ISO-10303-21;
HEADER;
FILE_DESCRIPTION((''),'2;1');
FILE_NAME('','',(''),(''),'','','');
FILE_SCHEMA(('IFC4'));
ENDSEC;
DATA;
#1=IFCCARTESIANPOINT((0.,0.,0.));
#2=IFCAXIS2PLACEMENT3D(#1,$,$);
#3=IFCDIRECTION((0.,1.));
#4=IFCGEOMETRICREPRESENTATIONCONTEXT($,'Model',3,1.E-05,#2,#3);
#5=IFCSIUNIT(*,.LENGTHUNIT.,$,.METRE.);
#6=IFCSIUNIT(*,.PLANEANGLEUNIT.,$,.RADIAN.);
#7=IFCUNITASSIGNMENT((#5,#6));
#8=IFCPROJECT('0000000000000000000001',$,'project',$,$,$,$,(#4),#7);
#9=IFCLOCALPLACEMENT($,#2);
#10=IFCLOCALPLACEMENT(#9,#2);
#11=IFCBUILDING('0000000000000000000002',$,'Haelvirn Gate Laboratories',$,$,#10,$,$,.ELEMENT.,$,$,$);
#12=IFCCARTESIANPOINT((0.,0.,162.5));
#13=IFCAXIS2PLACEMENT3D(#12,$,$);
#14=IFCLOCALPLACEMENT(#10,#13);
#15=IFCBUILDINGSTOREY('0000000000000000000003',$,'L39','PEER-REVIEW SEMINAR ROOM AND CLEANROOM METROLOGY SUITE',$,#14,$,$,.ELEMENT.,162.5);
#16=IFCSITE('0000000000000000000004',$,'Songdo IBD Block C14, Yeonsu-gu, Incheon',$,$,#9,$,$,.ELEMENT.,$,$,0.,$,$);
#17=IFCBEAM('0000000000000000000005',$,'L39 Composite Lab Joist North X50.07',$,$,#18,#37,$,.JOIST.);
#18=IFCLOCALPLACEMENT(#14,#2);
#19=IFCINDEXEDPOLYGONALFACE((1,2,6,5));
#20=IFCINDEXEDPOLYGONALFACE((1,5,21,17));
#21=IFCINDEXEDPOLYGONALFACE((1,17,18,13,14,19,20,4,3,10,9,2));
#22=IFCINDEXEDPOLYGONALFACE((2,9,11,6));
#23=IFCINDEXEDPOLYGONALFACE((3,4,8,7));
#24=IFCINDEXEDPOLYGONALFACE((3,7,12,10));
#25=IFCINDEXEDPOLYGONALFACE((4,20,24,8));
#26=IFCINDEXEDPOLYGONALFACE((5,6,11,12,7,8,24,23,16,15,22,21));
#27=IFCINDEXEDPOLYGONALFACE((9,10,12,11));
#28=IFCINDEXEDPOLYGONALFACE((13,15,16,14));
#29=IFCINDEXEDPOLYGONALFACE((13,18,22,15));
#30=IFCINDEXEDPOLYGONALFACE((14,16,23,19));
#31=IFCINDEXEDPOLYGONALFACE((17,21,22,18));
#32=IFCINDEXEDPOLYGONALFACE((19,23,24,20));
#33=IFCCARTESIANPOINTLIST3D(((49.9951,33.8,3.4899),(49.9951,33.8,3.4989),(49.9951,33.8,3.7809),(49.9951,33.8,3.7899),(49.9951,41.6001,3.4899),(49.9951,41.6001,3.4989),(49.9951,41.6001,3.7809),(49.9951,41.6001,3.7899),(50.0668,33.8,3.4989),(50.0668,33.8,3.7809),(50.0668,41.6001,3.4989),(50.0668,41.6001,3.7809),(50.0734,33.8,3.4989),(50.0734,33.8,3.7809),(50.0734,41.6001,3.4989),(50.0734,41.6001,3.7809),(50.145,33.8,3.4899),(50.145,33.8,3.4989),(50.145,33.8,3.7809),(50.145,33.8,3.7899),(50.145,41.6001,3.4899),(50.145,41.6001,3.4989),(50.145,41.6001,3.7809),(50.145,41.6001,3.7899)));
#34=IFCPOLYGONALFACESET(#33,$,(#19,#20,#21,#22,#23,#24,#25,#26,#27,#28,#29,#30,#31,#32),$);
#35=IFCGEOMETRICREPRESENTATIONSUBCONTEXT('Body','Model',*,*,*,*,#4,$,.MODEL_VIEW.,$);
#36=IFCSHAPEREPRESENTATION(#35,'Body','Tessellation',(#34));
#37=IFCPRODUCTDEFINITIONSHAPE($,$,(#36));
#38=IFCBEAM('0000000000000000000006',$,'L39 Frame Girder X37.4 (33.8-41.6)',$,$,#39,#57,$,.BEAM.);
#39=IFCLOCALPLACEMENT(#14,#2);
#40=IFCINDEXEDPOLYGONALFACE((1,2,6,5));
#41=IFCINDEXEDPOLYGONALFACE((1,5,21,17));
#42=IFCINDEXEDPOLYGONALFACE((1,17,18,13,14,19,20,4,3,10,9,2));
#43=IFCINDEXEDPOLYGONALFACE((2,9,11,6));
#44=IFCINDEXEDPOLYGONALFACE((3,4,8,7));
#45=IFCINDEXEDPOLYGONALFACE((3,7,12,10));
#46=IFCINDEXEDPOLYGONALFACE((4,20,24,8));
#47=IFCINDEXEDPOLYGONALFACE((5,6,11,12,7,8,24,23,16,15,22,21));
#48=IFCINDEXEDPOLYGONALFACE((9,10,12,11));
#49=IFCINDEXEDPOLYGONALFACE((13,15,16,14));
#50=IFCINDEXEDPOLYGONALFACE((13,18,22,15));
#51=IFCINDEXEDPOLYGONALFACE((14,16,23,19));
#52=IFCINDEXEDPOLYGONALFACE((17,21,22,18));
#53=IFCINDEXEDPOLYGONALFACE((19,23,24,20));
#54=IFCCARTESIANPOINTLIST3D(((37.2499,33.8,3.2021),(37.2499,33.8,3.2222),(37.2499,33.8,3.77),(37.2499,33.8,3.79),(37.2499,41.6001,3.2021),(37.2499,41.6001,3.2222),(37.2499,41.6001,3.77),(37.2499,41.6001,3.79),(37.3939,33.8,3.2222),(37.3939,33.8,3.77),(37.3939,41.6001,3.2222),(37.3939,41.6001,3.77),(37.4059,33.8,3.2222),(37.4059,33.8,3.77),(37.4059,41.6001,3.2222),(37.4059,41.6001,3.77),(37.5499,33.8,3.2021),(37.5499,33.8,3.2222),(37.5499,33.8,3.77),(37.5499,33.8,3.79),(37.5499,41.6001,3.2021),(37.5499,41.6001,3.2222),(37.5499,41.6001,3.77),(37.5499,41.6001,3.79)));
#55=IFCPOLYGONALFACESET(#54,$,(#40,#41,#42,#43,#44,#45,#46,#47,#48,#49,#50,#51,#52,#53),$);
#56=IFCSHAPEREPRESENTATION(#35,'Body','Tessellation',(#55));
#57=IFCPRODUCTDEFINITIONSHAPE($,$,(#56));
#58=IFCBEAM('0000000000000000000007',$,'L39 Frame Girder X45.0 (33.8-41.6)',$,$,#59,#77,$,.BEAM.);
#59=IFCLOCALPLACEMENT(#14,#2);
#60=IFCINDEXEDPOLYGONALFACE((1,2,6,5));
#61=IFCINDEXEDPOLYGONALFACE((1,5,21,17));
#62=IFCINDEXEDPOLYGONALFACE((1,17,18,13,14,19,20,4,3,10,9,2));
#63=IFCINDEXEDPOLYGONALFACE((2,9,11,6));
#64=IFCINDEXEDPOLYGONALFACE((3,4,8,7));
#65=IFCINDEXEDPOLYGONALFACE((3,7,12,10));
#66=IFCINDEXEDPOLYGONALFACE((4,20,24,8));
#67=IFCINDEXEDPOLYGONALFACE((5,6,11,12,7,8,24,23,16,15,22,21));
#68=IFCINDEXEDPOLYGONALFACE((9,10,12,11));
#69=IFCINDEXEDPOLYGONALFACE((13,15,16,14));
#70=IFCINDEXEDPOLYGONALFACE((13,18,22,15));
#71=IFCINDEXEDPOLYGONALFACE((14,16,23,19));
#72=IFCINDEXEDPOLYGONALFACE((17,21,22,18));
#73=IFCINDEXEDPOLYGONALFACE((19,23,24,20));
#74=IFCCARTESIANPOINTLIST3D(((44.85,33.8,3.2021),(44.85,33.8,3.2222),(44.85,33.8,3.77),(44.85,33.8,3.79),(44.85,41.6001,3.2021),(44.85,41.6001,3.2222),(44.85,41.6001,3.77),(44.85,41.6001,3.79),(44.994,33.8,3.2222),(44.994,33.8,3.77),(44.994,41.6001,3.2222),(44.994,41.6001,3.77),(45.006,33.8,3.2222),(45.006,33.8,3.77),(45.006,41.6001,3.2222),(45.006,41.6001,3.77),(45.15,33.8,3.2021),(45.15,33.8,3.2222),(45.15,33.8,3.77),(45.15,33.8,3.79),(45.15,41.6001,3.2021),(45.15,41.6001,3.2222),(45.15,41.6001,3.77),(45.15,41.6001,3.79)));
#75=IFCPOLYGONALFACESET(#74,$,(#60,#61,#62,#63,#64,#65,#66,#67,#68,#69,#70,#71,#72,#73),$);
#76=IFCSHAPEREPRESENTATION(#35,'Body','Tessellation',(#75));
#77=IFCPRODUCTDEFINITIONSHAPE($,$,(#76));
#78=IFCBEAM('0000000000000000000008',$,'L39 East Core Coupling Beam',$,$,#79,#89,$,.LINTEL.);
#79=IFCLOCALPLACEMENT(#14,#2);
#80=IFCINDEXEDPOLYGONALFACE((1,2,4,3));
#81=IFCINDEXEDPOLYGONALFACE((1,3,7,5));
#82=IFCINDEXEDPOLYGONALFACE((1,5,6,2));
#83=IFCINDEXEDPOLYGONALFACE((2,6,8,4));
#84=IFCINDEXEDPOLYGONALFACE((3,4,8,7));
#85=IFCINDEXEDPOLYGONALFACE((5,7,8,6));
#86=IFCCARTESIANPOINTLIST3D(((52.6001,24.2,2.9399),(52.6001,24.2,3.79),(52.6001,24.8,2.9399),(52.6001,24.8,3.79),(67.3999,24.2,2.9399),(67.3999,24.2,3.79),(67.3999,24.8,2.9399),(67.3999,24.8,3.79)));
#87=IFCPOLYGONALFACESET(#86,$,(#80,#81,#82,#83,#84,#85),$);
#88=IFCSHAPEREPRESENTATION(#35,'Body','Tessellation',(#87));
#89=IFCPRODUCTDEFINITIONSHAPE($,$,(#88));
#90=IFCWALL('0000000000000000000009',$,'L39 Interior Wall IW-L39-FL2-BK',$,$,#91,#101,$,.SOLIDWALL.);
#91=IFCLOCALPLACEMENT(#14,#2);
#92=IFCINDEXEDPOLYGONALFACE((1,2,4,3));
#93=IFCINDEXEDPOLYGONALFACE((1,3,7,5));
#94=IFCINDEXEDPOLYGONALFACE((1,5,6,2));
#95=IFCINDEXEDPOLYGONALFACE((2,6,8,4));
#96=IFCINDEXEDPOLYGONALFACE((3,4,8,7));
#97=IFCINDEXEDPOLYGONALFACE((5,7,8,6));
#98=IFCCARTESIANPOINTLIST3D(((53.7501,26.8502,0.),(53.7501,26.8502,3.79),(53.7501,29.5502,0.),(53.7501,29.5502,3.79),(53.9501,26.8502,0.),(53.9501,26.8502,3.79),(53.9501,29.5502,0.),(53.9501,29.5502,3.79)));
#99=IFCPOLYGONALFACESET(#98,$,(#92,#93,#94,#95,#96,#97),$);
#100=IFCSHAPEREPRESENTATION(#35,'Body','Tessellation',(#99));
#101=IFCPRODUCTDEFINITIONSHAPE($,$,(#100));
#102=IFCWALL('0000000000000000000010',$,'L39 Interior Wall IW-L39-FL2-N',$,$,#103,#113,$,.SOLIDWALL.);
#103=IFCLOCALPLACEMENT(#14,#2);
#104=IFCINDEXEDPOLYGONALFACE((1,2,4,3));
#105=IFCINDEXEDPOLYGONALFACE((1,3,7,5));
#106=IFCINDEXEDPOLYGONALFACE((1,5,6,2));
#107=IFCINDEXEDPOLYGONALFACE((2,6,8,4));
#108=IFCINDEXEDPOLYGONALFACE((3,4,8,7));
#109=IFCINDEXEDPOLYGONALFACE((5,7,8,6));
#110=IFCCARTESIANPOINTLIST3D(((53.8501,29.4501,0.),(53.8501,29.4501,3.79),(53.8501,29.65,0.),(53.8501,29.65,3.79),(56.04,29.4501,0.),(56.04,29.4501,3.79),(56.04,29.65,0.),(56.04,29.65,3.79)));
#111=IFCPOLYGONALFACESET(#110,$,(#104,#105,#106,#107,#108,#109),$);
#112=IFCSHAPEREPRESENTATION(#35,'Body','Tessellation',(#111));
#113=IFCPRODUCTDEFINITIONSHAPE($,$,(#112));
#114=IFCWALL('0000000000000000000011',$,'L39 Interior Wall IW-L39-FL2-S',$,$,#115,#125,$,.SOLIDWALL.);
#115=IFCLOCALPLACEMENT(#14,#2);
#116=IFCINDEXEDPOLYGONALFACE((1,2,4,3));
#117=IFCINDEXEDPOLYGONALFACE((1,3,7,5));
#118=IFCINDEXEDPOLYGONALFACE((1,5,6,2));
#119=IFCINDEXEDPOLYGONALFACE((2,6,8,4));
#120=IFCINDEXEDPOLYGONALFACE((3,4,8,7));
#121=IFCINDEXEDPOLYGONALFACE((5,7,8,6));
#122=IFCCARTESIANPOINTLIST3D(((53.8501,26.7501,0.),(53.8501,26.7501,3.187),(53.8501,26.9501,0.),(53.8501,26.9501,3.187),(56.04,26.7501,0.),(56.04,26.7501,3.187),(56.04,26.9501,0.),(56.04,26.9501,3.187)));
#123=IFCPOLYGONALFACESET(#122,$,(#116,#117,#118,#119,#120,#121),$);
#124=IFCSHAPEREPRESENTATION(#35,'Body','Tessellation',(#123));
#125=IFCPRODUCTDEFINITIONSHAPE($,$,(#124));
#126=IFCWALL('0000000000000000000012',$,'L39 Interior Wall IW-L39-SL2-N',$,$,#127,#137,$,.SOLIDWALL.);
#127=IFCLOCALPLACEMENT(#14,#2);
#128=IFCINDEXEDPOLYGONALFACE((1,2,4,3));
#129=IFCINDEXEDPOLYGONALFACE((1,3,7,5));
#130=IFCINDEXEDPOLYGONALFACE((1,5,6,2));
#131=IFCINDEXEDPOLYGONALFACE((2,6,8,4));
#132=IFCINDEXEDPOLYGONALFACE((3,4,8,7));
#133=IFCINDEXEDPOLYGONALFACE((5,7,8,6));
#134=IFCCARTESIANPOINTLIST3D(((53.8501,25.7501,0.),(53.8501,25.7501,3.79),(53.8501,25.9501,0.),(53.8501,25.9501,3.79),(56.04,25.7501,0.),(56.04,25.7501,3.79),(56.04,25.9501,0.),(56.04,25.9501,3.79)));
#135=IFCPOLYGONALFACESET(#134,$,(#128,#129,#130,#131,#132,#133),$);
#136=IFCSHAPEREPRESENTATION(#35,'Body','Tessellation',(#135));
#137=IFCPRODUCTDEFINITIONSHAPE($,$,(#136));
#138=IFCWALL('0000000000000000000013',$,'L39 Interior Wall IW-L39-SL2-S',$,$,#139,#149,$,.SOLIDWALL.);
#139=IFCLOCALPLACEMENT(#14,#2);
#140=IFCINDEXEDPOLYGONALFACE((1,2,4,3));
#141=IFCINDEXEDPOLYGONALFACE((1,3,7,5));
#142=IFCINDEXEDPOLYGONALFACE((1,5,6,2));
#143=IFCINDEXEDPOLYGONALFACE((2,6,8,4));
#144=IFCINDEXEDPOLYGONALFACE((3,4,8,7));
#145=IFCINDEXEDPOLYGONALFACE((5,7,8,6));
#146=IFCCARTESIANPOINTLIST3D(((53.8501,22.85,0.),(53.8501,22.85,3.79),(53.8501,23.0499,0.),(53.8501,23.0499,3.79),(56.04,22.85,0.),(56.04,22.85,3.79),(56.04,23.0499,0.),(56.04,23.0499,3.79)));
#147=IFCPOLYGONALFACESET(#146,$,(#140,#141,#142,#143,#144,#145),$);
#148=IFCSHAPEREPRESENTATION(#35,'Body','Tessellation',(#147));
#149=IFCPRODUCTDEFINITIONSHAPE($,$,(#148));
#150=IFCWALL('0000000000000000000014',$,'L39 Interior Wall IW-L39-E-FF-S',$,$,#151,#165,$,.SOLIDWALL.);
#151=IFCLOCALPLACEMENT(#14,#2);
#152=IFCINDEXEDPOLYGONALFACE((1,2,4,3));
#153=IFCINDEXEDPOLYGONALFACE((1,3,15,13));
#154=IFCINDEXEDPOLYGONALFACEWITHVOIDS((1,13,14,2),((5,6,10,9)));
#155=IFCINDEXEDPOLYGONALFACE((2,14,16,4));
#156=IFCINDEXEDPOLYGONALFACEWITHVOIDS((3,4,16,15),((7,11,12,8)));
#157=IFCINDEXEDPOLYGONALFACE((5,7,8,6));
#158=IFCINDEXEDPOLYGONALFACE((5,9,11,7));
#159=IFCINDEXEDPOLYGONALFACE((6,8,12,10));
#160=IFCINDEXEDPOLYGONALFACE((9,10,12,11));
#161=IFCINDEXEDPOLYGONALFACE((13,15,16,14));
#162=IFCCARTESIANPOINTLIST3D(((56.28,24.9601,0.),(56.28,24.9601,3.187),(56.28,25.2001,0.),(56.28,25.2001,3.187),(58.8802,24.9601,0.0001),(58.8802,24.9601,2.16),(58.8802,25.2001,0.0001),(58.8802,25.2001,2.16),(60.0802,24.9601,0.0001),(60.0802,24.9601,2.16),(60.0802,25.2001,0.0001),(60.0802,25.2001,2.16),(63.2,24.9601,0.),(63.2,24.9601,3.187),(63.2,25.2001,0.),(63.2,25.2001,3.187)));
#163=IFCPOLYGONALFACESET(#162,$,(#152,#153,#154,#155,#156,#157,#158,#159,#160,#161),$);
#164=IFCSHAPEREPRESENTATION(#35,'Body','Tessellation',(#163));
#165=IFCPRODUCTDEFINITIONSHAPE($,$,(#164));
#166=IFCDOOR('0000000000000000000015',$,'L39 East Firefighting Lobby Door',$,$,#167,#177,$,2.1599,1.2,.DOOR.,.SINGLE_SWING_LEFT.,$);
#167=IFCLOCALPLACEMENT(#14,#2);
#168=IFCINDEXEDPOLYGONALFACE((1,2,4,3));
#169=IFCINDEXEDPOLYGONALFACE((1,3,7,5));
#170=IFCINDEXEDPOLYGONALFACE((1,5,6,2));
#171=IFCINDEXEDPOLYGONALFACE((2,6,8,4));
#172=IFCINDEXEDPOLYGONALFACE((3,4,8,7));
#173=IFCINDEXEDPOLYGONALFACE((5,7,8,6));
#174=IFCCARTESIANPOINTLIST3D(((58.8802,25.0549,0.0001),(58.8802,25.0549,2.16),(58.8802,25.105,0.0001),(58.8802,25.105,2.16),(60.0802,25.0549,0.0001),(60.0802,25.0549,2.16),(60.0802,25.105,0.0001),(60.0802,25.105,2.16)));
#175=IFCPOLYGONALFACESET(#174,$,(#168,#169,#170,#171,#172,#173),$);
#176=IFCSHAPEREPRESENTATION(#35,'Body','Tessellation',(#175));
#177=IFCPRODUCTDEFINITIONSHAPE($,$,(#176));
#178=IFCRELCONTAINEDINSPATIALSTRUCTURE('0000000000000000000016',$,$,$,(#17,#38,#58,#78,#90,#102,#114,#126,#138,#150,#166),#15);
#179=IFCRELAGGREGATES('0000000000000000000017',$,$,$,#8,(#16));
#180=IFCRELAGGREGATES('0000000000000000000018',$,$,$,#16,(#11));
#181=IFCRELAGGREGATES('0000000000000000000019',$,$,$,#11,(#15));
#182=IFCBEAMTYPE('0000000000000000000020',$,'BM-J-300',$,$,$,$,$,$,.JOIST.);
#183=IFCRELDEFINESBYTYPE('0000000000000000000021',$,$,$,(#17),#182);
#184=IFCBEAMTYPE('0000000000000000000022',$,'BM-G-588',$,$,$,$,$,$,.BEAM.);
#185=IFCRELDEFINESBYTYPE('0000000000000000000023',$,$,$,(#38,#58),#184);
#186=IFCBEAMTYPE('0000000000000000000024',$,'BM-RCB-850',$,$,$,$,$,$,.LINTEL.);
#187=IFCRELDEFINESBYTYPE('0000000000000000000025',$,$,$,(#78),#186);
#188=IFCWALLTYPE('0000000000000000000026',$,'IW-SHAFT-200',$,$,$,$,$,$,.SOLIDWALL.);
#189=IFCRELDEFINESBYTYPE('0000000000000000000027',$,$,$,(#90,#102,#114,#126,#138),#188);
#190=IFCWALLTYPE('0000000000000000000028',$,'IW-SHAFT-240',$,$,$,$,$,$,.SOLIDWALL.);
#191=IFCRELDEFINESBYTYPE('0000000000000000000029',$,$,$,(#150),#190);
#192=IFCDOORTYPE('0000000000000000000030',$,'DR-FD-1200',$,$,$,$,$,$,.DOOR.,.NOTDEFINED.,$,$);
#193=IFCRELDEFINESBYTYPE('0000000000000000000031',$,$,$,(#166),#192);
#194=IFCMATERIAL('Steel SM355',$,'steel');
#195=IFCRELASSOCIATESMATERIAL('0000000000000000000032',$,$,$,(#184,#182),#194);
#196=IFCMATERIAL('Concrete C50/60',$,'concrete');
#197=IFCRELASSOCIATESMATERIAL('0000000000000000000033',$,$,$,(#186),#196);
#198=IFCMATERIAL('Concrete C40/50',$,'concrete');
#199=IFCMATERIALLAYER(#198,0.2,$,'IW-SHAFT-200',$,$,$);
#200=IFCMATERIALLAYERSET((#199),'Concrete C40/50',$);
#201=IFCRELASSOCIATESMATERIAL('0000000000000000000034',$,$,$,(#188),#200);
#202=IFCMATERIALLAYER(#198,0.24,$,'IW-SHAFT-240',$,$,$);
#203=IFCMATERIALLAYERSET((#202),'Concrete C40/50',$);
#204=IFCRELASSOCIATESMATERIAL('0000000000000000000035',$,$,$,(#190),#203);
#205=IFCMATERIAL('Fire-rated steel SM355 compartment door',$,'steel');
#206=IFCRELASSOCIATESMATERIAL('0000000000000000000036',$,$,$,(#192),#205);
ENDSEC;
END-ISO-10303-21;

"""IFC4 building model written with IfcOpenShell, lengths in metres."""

from ifc_helpers import new_model, si_unit, direction, frame, frame_2d, origin, origin_2d, place, context, subcontext, project, spatial, rectangle, i_section, extrude, source, transform, mapped, material, layer, layer_set, material_profile, profile_set, type_object, type_shapes, element, fill, save


model = new_model("IFC4")

# Units and contexts
model_context = context("Model", 3, precision=1e-05, world=origin(), true_north=direction((0.0, 1.0)))
body_context = subcontext(model_context, "Body", "Model", "MODEL_VIEW")
ifc_project = project(units=[si_unit("LENGTHUNIT", "METRE"), si_unit("PLANEANGLEUNIT", "RADIAN")], contexts=[model_context])

# Site, building, storey
site_placement = place(None, origin())
site = spatial("IfcSite", under=ifc_project, at=site_placement, Name="Songdo IBD Block C14, Yeonsu-gu, Incheon", CompositionType="ELEMENT", RefElevation=0.0)
building_placement = place(site_placement, origin())
building = spatial("IfcBuilding", under=site, at=building_placement, Name="Haelvirn Gate Laboratories", CompositionType="ELEMENT")
storey_placement = place(building_placement, frame((0.0, 0.0, 162.5)))
storey = spatial("IfcBuildingStorey", under=building, at=storey_placement, Name="L39", Description="PEER-REVIEW SEMINAR ROOM AND CLEANROOM METROLOGY SUITE", CompositionType="ELEMENT", Elevation=162.5)

# Shared definitions
ifc_material_1 = material(Name="Steel SM355", Category="steel")

# Beams
ifc_material_profile_1 = material_profile(ifc_material_1, i_section(OverallWidth=0.3, OverallDepth=0.5879, WebThickness=0.012, FlangeThickness=0.02, at=origin_2d()), Name="H-588x300x12x20")
ifc_profile_set_1 = profile_set([ifc_material_profile_1], Name="Steel SM355")
beam_type_1 = type_object("IfcBeamType", Name="BM-G-588", PredefinedType="BEAM", material=ifc_profile_set_1)
ifc_material_profile_2 = material_profile(ifc_material_1, i_section(OverallWidth=0.1499, OverallDepth=0.3, WebThickness=0.0066, FlangeThickness=0.009, at=origin_2d()), Name="H-300x150x6.5x9")
ifc_profile_set_2 = profile_set([ifc_material_profile_2], Name="Steel SM355")
beam_type_2 = type_object("IfcBeamType", Name="BM-J-300", PredefinedType="JOIST", material=ifc_profile_set_2)
shared_shape_1 = source(origin(), body_context, "Body", "SweptSolid", [
    extrude(i_section(OverallWidth=0.1499, OverallDepth=0.3, WebThickness=0.0066, FlangeThickness=0.009, at=origin_2d()), origin(), (0.0, 0.0, 1.0), 7.8),
])
type_shapes(beam_type_2, [shared_shape_1])
for number, where, z_axis, x_axis, name in (
    (1, (50.0701, 33.8, 3.6399), (0.0, 1.0, 0.0), (-1.0, 0.0, 0.0), "L39 Composite Lab Joist North X50.07"),
):
    element("IfcBeam", number, at=place(storey_placement, frame(where, z_axis=z_axis, x_axis=x_axis)), inside=storey, type_object=beam_type_2, Name=name, PredefinedType="JOIST", context=body_context, shape_type="MappedRepresentation", body=[
        mapped(shared_shape_1, transform((0.0, 0.0, 0.0), scale=1.0)),
    ])
shared_shape_2 = source(origin(), body_context, "Body", "SweptSolid", [
    extrude(i_section(OverallWidth=0.3, OverallDepth=0.5879, WebThickness=0.012, FlangeThickness=0.02, at=origin_2d()), origin(), (0.0, 0.0, 1.0), 7.8),
])
for number, where, z_axis, x_axis, name in (
    (2, (37.3999, 33.8, 3.4961), (0.0, 1.0, 0.0), (-1.0, 0.0, 0.0), "L39 Frame Girder X37.4 (33.8-41.6)"),
    (3, (45.0, 33.8, 3.4961), (0.0, 1.0, 0.0), (-1.0, 0.0, 0.0), "L39 Frame Girder X45.0 (33.8-41.6)"),
):
    element("IfcBeam", number, at=place(storey_placement, frame(where, z_axis=z_axis, x_axis=x_axis)), inside=storey, type_object=beam_type_1, Name=name, PredefinedType="BEAM", context=body_context, shape_type="MappedRepresentation", body=[
        mapped(shared_shape_2, transform((0.0, 0.0, 0.0), scale=1.0)),
    ])
ifc_material_2 = material(Name="Concrete C50/60", Category="concrete")
ifc_material_profile_3 = material_profile(ifc_material_2, rectangle(XDim=0.6001, YDim=0.8501, at=origin_2d()), Name="RCB-600x850")
ifc_profile_set_3 = profile_set([ifc_material_profile_3], Name="Concrete C50/60")
beam_type_3 = type_object("IfcBeamType", Name="BM-RCB-850", PredefinedType="LINTEL", material=ifc_profile_set_3)
shared_shape_3 = source(origin(), body_context, "Body", "SweptSolid", [
    extrude(rectangle(XDim=0.6001, YDim=0.8501, at=origin_2d()), origin(), (0.0, 0.0, 1.0), 14.7998),
])
type_shapes(beam_type_3, [shared_shape_3])
beam_1_placement = place(storey_placement, frame((52.6001, 24.5, 3.365), z_axis=(1.0, 0.0, 0.0), x_axis=(0.0, 1.0, 0.0)))
element("IfcBeam", 4, at=beam_1_placement, inside=storey, type_object=beam_type_3, Name="L39 East Core Coupling Beam", PredefinedType="LINTEL", context=body_context, shape_type="MappedRepresentation", body=[
    mapped(shared_shape_3, transform((0.0, 0.0, 0.0), scale=1.0)),
])

# Walls
ifc_material_3 = material(Name="Concrete C40/50", Category="concrete")
ifc_layer_1 = layer(ifc_material_3, 0.2, Name="IW-SHAFT-200")
ifc_layer_set_1 = layer_set([ifc_layer_1], Name="Concrete C40/50")
wall_type_1 = type_object("IfcWallType", Name="IW-SHAFT-200", PredefinedType="SOLIDWALL", material=ifc_layer_set_1)
wall_1_placement = place(storey_placement, frame((53.8501, 26.8501, 0.0), z_axis=(0.0, 0.0, 1.0), x_axis=(0.0, 1.0, 0.0)))
element("IfcWall", 5, at=wall_1_placement, inside=storey, type_object=wall_type_1, Name="L39 Interior Wall IW-L39-FL2-BK", PredefinedType="SOLIDWALL", context=body_context, shape_type="SweptSolid", body=[
    extrude(rectangle(XDim=2.7, YDim=0.2, at=frame_2d((1.3501, 0.0))), origin(), (0.0, 0.0, 1.0), 3.79),
])
wall_2_placement = place(storey_placement, frame((53.8501, 29.55, 0.0), z_axis=(0.0, 0.0, 1.0), x_axis=(1.0, 0.0, 0.0)))
element("IfcWall", 6, at=wall_2_placement, inside=storey, type_object=wall_type_1, Name="L39 Interior Wall IW-L39-FL2-N", PredefinedType="SOLIDWALL", context=body_context, shape_type="SweptSolid", body=[
    extrude(rectangle(XDim=2.1899, YDim=0.2, at=frame_2d((1.095, 0.0))), origin(), (0.0, 0.0, 1.0), 3.79),
])
wall_3_placement = place(storey_placement, frame((53.8501, 26.8501, 0.0), z_axis=(0.0, 0.0, 1.0), x_axis=(1.0, 0.0, 0.0)))
element("IfcWall", 7, at=wall_3_placement, inside=storey, type_object=wall_type_1, Name="L39 Interior Wall IW-L39-FL2-S", PredefinedType="SOLIDWALL", context=body_context, shape_type="SweptSolid", body=[
    extrude(rectangle(XDim=2.1899, YDim=0.2, at=frame_2d((1.095, 0.0))), origin(), (0.0, 0.0, 1.0), 3.187),
])
for number, where, z_axis, x_axis, name in (
    (8, (53.8501, 25.8501, 0.0), (0.0, 0.0, 1.0), (1.0, 0.0, 0.0), "L39 Interior Wall IW-L39-SL2-N"),
    (9, (53.8501, 22.95, 0.0), (0.0, 0.0, 1.0), (1.0, 0.0, 0.0), "L39 Interior Wall IW-L39-SL2-S"),
):
    element("IfcWall", number, at=place(storey_placement, frame(where, z_axis=z_axis, x_axis=x_axis)), inside=storey, type_object=wall_type_1, Name=name, PredefinedType="SOLIDWALL", context=body_context, shape_type="SweptSolid", body=[
        extrude(rectangle(XDim=2.1899, YDim=0.2, at=frame_2d((1.095, 0.0))), origin(), (0.0, 0.0, 1.0), 3.79),
    ])

# Wall, opening, door
ifc_layer_2 = layer(ifc_material_3, 0.24, Name="IW-SHAFT-240")
ifc_layer_set_2 = layer_set([ifc_layer_2], Name="Concrete C40/50")
wall_type_2 = type_object("IfcWallType", Name="IW-SHAFT-240", PredefinedType="SOLIDWALL", material=ifc_layer_set_2)
wall_4_placement = place(storey_placement, frame((56.28, 25.0801, 0.0), z_axis=(0.0, 0.0, 1.0), x_axis=(1.0, 0.0, 0.0)))
wall_4 = element("IfcWall", 10, at=wall_4_placement, inside=storey, type_object=wall_type_2, Name="L39 Interior Wall IW-L39-E-FF-S", PredefinedType="SOLIDWALL", context=body_context, shape_type="SweptSolid", body=[
    extrude(rectangle(XDim=6.9199, YDim=0.24, at=frame_2d((3.46, 0.0))), origin(), (0.0, 0.0, 1.0), 3.187),
])
opening_1_placement = place(wall_4_placement, frame((2.6001, 0.0, 0.0)))
opening_1 = element("IfcOpeningElement", 11, at=opening_1_placement, cuts=wall_4, PredefinedType="OPENING", context=body_context, shape_type="SweptSolid", body=[
    extrude(rectangle(XDim=1.2, YDim=2.1599, at=frame_2d((0.6001, 1.0801))), frame((0.0, 0.1299, 0.0), z_axis=(0.0, -1.0, 0.0), x_axis=(1.0, 0.0, 0.0)), (0.0, 0.0, 1.0), 0.26),
])
ifc_material_4 = material(Name="Fire-rated steel SM355 compartment door", Category="steel")
door_type_1 = type_object("IfcDoorType", Name="DR-FD-1200", OperationType="NOTDEFINED", PredefinedType="DOOR", material=ifc_material_4)
shared_shape_4 = source(origin(), body_context, "Body", "SweptSolid", [
    extrude(rectangle(XDim=1.2, YDim=2.1599, at=frame_2d((0.6001, 1.0801))), frame((0.0, 0.0249, 0.0), z_axis=(0.0, -1.0, 0.0), x_axis=(1.0, 0.0, 0.0)), (0.0, 0.0, 1.0), 0.05),
])
type_shapes(door_type_1, [shared_shape_4])
door_1_placement = place(opening_1_placement, origin())
door_1 = element("IfcDoor", 12, at=door_1_placement, inside=storey, type_object=door_type_1, Name="L39 East Firefighting Lobby Door", OperationType="SINGLE_SWING_LEFT", OverallHeight=2.1599, OverallWidth=1.2, PredefinedType="DOOR", context=body_context, shape_type="MappedRepresentation", body=[
    mapped(shared_shape_4, transform((0.0, 0.0, 0.0), scale=1.0)),
])
fill(opening_1, door_1)

save(model, "model.ifc")
